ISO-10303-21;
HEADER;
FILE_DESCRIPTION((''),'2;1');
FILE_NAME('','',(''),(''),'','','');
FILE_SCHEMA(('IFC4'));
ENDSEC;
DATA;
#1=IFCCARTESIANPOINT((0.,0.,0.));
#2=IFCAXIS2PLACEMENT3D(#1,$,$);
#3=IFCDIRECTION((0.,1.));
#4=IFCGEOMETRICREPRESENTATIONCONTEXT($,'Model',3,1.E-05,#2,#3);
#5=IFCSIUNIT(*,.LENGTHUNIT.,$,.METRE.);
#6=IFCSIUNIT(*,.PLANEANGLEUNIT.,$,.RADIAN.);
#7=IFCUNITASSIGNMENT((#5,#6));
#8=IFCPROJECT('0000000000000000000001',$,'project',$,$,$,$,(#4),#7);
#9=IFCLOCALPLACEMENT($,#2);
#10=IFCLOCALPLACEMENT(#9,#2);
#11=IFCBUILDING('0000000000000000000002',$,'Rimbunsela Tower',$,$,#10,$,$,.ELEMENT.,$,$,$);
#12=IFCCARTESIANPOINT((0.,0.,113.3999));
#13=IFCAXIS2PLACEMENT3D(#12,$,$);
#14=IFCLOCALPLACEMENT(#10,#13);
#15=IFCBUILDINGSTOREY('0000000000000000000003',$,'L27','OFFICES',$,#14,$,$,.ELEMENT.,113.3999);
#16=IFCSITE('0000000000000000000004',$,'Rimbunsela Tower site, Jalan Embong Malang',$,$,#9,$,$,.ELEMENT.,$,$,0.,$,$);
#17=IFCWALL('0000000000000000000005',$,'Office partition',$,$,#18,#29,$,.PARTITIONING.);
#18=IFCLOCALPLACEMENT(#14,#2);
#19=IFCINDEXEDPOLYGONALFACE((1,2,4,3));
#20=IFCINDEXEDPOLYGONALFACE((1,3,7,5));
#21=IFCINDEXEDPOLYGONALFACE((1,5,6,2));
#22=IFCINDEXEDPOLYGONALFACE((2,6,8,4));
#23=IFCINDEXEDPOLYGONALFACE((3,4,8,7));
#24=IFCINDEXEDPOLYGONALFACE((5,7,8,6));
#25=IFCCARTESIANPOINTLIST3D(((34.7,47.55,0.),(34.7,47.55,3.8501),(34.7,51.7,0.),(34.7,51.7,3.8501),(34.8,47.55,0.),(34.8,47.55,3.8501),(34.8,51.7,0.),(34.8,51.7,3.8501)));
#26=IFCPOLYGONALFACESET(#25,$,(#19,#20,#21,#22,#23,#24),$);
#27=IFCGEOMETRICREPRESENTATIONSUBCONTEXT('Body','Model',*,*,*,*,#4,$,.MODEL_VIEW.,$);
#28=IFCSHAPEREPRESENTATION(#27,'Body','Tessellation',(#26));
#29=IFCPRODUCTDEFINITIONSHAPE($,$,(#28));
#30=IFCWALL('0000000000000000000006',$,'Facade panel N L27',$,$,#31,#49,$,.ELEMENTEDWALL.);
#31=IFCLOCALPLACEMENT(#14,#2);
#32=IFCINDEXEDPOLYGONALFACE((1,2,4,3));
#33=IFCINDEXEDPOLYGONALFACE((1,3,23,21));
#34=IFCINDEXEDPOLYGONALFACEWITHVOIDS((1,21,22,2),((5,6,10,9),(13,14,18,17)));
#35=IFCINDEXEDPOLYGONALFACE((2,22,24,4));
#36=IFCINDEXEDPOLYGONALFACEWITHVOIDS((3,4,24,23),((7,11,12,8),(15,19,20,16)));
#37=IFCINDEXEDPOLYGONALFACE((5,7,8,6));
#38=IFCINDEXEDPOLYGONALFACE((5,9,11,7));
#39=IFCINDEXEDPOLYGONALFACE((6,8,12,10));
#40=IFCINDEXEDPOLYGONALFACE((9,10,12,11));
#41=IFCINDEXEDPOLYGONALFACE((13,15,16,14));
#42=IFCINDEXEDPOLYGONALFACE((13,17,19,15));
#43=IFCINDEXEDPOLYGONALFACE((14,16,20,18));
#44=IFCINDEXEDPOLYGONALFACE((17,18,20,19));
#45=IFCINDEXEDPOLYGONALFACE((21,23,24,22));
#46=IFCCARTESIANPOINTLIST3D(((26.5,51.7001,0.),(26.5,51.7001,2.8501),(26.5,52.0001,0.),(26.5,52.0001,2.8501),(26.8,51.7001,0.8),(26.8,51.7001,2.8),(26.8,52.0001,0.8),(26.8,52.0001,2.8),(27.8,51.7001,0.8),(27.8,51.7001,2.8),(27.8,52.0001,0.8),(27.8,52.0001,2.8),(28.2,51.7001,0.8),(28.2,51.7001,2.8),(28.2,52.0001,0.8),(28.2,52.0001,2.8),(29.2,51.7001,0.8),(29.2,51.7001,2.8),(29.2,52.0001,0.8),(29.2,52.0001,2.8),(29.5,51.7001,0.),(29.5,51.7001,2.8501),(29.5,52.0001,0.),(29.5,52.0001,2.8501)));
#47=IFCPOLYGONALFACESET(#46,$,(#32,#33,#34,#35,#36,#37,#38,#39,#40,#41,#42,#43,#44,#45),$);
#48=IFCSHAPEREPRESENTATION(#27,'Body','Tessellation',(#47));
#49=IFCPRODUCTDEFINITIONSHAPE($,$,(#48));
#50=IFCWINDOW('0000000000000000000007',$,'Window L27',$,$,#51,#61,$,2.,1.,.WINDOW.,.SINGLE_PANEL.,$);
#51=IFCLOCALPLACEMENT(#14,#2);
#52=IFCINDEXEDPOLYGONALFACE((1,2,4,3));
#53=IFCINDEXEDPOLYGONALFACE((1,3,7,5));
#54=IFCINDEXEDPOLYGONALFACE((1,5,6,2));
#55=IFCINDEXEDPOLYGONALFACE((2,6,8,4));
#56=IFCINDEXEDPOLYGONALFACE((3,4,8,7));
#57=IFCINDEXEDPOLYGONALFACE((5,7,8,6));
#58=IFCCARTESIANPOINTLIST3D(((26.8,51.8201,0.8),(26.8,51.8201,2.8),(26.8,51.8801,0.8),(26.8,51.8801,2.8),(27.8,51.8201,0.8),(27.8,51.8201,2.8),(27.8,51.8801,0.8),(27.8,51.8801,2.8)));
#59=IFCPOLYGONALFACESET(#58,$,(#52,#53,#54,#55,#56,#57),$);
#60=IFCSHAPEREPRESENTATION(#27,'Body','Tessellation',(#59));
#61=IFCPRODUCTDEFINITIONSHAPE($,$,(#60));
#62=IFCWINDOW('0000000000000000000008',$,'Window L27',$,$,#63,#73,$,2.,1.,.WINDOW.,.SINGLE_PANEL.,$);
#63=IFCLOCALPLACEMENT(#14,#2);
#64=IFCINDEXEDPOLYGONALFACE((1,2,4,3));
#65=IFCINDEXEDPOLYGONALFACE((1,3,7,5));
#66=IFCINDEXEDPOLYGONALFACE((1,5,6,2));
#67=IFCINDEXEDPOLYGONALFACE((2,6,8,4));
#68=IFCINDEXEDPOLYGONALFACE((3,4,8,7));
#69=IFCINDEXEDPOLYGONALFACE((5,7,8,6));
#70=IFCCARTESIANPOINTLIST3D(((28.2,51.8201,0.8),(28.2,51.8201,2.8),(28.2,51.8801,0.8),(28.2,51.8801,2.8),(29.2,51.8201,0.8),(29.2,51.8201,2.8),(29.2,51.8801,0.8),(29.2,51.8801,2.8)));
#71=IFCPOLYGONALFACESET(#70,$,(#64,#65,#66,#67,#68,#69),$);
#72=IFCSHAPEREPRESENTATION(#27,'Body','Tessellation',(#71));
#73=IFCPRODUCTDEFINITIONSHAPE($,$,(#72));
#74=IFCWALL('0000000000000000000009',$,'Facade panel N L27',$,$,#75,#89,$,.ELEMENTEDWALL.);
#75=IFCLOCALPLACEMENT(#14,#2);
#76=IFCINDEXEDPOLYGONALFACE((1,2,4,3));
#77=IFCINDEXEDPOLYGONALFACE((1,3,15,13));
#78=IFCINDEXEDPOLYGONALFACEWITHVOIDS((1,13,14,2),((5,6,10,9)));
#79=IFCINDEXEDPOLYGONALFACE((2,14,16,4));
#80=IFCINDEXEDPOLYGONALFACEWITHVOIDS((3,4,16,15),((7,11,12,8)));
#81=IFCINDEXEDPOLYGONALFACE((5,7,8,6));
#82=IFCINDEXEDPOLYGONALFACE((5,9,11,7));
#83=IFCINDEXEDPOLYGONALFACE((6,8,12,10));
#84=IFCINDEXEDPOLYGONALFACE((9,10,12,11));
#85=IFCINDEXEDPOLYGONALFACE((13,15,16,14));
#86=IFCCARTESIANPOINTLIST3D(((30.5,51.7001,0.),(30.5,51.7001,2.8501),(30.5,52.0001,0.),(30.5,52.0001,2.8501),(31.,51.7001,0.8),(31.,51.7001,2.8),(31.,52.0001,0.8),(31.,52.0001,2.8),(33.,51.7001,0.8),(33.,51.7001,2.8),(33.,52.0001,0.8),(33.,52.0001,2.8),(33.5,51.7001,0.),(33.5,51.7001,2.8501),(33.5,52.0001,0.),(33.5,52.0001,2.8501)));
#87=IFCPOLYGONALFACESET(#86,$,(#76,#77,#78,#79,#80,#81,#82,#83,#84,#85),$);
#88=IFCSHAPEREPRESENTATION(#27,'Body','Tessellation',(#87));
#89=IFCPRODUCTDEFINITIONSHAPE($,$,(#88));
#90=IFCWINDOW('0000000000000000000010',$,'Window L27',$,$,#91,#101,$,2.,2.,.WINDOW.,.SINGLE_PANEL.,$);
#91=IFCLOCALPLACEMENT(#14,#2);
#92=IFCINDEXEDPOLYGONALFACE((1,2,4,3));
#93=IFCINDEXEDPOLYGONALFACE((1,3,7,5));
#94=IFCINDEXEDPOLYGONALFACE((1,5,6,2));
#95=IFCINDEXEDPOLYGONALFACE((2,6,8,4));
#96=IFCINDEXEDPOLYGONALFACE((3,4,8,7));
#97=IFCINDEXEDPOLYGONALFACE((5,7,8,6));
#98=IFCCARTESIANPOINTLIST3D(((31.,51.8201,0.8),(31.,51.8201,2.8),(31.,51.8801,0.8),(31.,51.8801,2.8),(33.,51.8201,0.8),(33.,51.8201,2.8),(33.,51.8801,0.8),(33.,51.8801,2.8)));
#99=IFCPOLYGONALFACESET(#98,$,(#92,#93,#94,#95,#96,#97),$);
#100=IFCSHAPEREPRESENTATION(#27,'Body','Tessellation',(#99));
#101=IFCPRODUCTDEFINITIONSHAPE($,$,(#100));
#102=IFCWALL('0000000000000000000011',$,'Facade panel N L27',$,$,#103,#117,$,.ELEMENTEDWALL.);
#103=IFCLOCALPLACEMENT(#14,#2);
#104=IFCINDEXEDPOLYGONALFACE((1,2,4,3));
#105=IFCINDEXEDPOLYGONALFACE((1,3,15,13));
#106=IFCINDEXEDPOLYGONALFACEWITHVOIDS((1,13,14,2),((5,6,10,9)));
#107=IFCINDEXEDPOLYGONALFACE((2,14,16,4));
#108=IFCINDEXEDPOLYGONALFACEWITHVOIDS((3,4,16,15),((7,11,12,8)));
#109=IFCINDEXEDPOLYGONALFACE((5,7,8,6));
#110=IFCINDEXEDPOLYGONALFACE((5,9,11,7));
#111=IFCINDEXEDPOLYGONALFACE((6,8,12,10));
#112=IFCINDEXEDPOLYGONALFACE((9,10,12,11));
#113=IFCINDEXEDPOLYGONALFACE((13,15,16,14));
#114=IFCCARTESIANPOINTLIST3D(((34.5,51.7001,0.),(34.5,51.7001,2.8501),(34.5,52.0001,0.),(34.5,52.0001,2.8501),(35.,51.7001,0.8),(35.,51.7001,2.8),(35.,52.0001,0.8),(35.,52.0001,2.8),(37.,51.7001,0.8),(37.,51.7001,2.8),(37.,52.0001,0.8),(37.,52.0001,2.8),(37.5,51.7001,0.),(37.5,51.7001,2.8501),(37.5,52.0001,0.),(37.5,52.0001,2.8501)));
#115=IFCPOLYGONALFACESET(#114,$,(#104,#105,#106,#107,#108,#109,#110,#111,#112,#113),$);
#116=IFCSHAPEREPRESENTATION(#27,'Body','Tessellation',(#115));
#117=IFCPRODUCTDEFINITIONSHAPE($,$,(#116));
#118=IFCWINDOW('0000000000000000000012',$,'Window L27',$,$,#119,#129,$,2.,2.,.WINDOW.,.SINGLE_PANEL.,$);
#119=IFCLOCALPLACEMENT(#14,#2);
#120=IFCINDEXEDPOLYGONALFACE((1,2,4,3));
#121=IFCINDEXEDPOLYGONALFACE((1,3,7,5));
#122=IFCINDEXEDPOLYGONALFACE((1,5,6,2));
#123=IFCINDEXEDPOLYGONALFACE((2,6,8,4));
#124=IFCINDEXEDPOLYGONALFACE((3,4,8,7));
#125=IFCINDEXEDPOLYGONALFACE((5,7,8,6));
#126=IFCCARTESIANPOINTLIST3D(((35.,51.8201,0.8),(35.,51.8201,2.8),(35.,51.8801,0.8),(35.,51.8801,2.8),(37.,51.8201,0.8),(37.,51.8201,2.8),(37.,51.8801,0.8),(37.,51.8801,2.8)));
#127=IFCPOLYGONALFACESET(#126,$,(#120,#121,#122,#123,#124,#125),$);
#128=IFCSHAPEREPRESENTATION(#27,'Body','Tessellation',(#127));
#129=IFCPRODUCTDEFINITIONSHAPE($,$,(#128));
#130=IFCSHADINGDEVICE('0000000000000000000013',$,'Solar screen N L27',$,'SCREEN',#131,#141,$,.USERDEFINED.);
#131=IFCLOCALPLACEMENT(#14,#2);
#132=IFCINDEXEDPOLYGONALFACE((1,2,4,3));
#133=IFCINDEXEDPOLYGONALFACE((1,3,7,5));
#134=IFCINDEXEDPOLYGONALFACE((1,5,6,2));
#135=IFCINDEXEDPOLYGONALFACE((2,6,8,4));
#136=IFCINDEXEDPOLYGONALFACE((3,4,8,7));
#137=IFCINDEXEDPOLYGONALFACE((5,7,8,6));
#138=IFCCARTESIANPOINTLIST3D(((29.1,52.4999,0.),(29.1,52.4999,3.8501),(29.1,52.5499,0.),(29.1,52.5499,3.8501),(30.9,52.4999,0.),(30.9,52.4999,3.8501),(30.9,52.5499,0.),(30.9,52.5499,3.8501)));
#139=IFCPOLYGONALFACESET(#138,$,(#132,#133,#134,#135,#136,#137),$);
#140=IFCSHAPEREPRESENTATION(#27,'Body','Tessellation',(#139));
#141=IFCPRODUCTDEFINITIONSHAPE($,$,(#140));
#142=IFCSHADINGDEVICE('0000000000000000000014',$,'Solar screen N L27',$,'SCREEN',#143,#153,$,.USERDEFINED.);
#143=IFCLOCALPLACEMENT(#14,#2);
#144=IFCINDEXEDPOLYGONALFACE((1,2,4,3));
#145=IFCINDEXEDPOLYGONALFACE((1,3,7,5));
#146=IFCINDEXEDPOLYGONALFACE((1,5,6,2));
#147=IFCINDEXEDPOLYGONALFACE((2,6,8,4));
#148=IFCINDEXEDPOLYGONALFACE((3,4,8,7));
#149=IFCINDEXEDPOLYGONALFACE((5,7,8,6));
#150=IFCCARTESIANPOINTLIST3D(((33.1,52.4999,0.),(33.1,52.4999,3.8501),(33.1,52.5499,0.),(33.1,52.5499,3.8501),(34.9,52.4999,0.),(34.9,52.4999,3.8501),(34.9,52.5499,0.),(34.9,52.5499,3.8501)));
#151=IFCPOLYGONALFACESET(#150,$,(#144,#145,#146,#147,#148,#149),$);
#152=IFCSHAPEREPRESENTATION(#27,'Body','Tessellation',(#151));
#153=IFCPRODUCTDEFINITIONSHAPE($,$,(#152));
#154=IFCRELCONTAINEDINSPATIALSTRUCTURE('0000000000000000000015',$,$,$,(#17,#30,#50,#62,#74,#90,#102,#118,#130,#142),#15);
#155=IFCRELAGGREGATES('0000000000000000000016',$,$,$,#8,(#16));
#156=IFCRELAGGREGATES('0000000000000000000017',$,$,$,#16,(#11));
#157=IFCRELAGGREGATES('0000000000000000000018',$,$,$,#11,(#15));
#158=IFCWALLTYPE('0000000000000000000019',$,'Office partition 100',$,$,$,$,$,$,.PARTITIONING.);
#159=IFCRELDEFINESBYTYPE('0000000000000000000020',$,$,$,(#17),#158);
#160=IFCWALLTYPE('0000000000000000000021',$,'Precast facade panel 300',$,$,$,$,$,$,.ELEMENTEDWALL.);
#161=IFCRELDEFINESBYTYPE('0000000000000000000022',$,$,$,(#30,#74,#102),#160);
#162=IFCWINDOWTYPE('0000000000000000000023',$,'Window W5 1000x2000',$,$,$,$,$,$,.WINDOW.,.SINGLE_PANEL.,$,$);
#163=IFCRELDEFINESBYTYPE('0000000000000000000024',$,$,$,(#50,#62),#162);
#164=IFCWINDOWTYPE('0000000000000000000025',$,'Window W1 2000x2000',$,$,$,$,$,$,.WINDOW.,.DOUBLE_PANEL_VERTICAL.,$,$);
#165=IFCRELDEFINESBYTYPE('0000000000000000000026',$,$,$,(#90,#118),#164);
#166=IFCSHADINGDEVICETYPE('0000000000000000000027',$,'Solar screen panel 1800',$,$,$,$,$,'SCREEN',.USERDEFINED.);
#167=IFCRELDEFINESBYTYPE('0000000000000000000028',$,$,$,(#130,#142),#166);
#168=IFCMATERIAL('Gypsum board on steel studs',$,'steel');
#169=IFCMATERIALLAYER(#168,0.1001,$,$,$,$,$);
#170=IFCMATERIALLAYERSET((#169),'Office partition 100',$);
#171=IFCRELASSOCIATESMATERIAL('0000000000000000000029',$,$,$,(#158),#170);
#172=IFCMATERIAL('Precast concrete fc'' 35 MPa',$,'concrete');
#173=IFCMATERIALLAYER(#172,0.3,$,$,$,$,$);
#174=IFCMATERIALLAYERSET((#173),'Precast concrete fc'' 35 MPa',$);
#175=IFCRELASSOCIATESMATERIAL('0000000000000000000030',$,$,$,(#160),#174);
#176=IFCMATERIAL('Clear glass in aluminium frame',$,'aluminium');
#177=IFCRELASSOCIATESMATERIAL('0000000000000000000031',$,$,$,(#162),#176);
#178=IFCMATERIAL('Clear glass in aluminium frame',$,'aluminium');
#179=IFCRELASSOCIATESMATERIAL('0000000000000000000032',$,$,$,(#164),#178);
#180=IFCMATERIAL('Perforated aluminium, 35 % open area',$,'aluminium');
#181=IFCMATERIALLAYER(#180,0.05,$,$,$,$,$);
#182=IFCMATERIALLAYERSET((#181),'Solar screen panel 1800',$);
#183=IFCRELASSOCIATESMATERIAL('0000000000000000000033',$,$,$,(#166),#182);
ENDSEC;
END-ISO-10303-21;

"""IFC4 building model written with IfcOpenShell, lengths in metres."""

from ifc_helpers import new_model, si_unit, direction, frame, frame_2d, origin, origin_2d, place, context, subcontext, project, spatial, rectangle, extrude, material, layer, layer_set, type_object, element, fill, save


model = new_model("IFC4")

# Units and contexts
model_context = context("Model", 3, precision=1e-05, world=origin(), true_north=direction((0.0, 1.0)))
body_context = subcontext(model_context, "Body", "Model", "MODEL_VIEW")
ifc_project = project(units=[si_unit("LENGTHUNIT", "METRE"), si_unit("PLANEANGLEUNIT", "RADIAN")], contexts=[model_context])

# Site, building, storey
site_placement = place(None, origin())
site = spatial("IfcSite", under=ifc_project, at=site_placement, Name="Rimbunsela Tower site, Jalan Embong Malang", CompositionType="ELEMENT", RefElevation=0.0)
building_placement = place(site_placement, origin())
building = spatial("IfcBuilding", under=site, at=building_placement, Name="Rimbunsela Tower", CompositionType="ELEMENT")
storey_placement = place(building_placement, frame((0.0, 0.0, 113.3999)))
storey = spatial("IfcBuildingStorey", under=building, at=storey_placement, Name="L27", Description="OFFICES", CompositionType="ELEMENT", Elevation=113.3999)

# Shared definitions
ifc_material_1 = material(Name="Gypsum board on steel studs", Category="steel")
ifc_layer_1 = layer(ifc_material_1, 0.1001)
ifc_layer_set_1 = layer_set([ifc_layer_1], Name="Office partition 100")
wall_type_1 = type_object("IfcWallType", Name="Office partition 100", PredefinedType="PARTITIONING", material=ifc_layer_set_1)

# Wall
wall_1_placement = place(storey_placement, frame((34.75, 47.55, 0.0), z_axis=(0.0, 0.0, 1.0), x_axis=(0.0, 1.0, 0.0)))
element("IfcWall", 1, at=wall_1_placement, inside=storey, type_object=wall_type_1, Name="Office partition", PredefinedType="PARTITIONING", context=body_context, shape_type="SweptSolid", body=[
    extrude(rectangle(XDim=4.1499, YDim=0.1001, at=frame_2d((2.075, 0.0))), origin(), (0.0, 0.0, 1.0), 3.8501),
])

# Wall, openings, windows
ifc_material_2 = material(Name="Precast concrete fc' 35 MPa", Category="concrete")
ifc_layer_2 = layer(ifc_material_2, 0.3)
ifc_layer_set_2 = layer_set([ifc_layer_2], Name="Precast concrete fc' 35 MPa")
wall_type_2 = type_object("IfcWallType", Name="Precast facade panel 300", PredefinedType="ELEMENTEDWALL", material=ifc_layer_set_2)
wall_2_placement = place(storey_placement, frame((29.5, 51.8501, 0.0), z_axis=(0.0, 0.0, 1.0), x_axis=(-1.0, 0.0, 0.0)))
wall_2 = element("IfcWall", 2, at=wall_2_placement, inside=storey, type_object=wall_type_2, Name="Facade panel N L27", PredefinedType="ELEMENTEDWALL", context=body_context, shape_type="SweptSolid", body=[
    extrude(rectangle(XDim=3.0, YDim=0.3, at=frame_2d((1.5, 0.0))), origin(), (0.0, 0.0, 1.0), 2.8501),
])
opening_1_placement = place(wall_2_placement, frame((1.7, 0.0, 0.8)))
opening_1 = element("IfcOpeningElement", 3, at=opening_1_placement, cuts=wall_2, PredefinedType="OPENING", context=body_context, shape_type="SweptSolid", body=[
    extrude(rectangle(XDim=1.0, YDim=2.0, at=frame_2d((0.5, 1.0))), frame((0.0, 0.1599, 0.0), z_axis=(0.0, -1.0, 0.0), x_axis=(1.0, 0.0, 0.0)), (0.0, 0.0, 1.0), 0.3201),
])
opening_2_placement = place(wall_2_placement, frame((0.3, 0.0, 0.8)))
opening_2 = element("IfcOpeningElement", 4, at=opening_2_placement, cuts=wall_2, PredefinedType="OPENING", context=body_context, shape_type="SweptSolid", body=[
    extrude(rectangle(XDim=1.0, YDim=2.0, at=frame_2d((0.5, 1.0))), frame((0.0, 0.1599, 0.0), z_axis=(0.0, -1.0, 0.0), x_axis=(1.0, 0.0, 0.0)), (0.0, 0.0, 1.0), 0.3201),
])
ifc_material_3 = material(Name="Clear glass in aluminium frame", Category="aluminium")
window_type_1 = type_object("IfcWindowType", Name="Window W5 1000x2000", PartitioningType="SINGLE_PANEL", PredefinedType="WINDOW", material=ifc_material_3)
window_1_placement = place(opening_1_placement, origin())
window_1 = element("IfcWindow", 5, at=window_1_placement, inside=storey, type_object=window_type_1, Name="Window L27", OverallHeight=2.0, OverallWidth=1.0, PartitioningType="SINGLE_PANEL", PredefinedType="WINDOW", context=body_context, shape_type="SweptSolid", body=[
    extrude(rectangle(XDim=1.0, YDim=2.0, at=frame_2d((0.5, 1.0))), frame((0.0, 0.03, 0.0), z_axis=(0.0, -1.0, 0.0), x_axis=(1.0, 0.0, 0.0)), (0.0, 0.0, 1.0), 0.0601),
])
fill(opening_1, window_1)
window_2_placement = place(opening_2_placement, origin())
window_2 = element("IfcWindow", 6, at=window_2_placement, inside=storey, type_object=window_type_1, Name="Window L27", OverallHeight=2.0, OverallWidth=1.0, PartitioningType="SINGLE_PANEL", PredefinedType="WINDOW", context=body_context, shape_type="SweptSolid", body=[
    extrude(rectangle(XDim=1.0, YDim=2.0, at=frame_2d((0.5, 1.0))), frame((0.0, 0.03, 0.0), z_axis=(0.0, -1.0, 0.0), x_axis=(1.0, 0.0, 0.0)), (0.0, 0.0, 1.0), 0.0601),
])
fill(opening_2, window_2)

# Walls, openings, windows
wall_3_placement = place(storey_placement, frame((33.5, 51.8501, 0.0), z_axis=(0.0, 0.0, 1.0), x_axis=(-1.0, 0.0, 0.0)))
wall_3 = element("IfcWall", 7, at=wall_3_placement, inside=storey, type_object=wall_type_2, Name="Facade panel N L27", PredefinedType="ELEMENTEDWALL", context=body_context, shape_type="SweptSolid", body=[
    extrude(rectangle(XDim=3.0, YDim=0.3, at=frame_2d((1.5, 0.0))), origin(), (0.0, 0.0, 1.0), 2.8501),
])
opening_3_placement = place(wall_3_placement, frame((0.5, 0.0, 0.8)))
opening_3 = element("IfcOpeningElement", 8, at=opening_3_placement, cuts=wall_3, PredefinedType="OPENING", context=body_context, shape_type="SweptSolid", body=[
    extrude(rectangle(XDim=2.0, YDim=2.0, at=frame_2d((1.0, 1.0))), frame((0.0, 0.1599, 0.0), z_axis=(0.0, -1.0, 0.0), x_axis=(1.0, 0.0, 0.0)), (0.0, 0.0, 1.0), 0.3201),
])
ifc_material_4 = material(Name="Clear glass in aluminium frame", Category="aluminium")
window_type_2 = type_object("IfcWindowType", Name="Window W1 2000x2000", PartitioningType="DOUBLE_PANEL_VERTICAL", PredefinedType="WINDOW", material=ifc_material_4)
window_3_placement = place(opening_3_placement, origin())
window_3 = element("IfcWindow", 9, at=window_3_placement, inside=storey, type_object=window_type_2, Name="Window L27", OverallHeight=2.0, OverallWidth=2.0, PartitioningType="SINGLE_PANEL", PredefinedType="WINDOW", context=body_context, shape_type="SweptSolid", body=[
    extrude(rectangle(XDim=2.0, YDim=2.0, at=frame_2d((1.0, 1.0))), frame((0.0, 0.03, 0.0), z_axis=(0.0, -1.0, 0.0), x_axis=(1.0, 0.0, 0.0)), (0.0, 0.0, 1.0), 0.0601),
])
fill(opening_3, window_3)
wall_4_placement = place(storey_placement, frame((37.5, 51.8501, 0.0), z_axis=(0.0, 0.0, 1.0), x_axis=(-1.0, 0.0, 0.0)))
wall_4 = element("IfcWall", 10, at=wall_4_placement, inside=storey, type_object=wall_type_2, Name="Facade panel N L27", PredefinedType="ELEMENTEDWALL", context=body_context, shape_type="SweptSolid", body=[
    extrude(rectangle(XDim=3.0, YDim=0.3, at=frame_2d((1.5, 0.0))), origin(), (0.0, 0.0, 1.0), 2.8501),
])
opening_4_placement = place(wall_4_placement, frame((0.5, 0.0, 0.8)))
opening_4 = element("IfcOpeningElement", 11, at=opening_4_placement, cuts=wall_4, PredefinedType="OPENING", context=body_context, shape_type="SweptSolid", body=[
    extrude(rectangle(XDim=2.0, YDim=2.0, at=frame_2d((1.0, 1.0))), frame((0.0, 0.1599, 0.0), z_axis=(0.0, -1.0, 0.0), x_axis=(1.0, 0.0, 0.0)), (0.0, 0.0, 1.0), 0.3201),
])
window_4_placement = place(opening_4_placement, origin())
window_4 = element("IfcWindow", 12, at=window_4_placement, inside=storey, type_object=window_type_2, Name="Window L27", OverallHeight=2.0, OverallWidth=2.0, PartitioningType="SINGLE_PANEL", PredefinedType="WINDOW", context=body_context, shape_type="SweptSolid", body=[
    extrude(rectangle(XDim=2.0, YDim=2.0, at=frame_2d((1.0, 1.0))), frame((0.0, 0.03, 0.0), z_axis=(0.0, -1.0, 0.0), x_axis=(1.0, 0.0, 0.0)), (0.0, 0.0, 1.0), 0.0601),
])
fill(opening_4, window_4)

# Shading devices
ifc_material_5 = material(Name="Perforated aluminium, 35 % open area", Category="aluminium")
ifc_layer_3 = layer(ifc_material_5, 0.05)
ifc_layer_set_3 = layer_set([ifc_layer_3], Name="Solar screen panel 1800")
shading_device_type = type_object("IfcShadingDeviceType", Name="Solar screen panel 1800", ElementType="SCREEN", PredefinedType="USERDEFINED", material=ifc_layer_set_3)
for number, where, z_axis, x_axis, name in (
    (13, (30.0, 52.5249, 0.0), (0.0, 0.0, 1.0), (1.0, 0.0, 0.0), "Solar screen N L27"),
    (14, (34.0, 52.5249, 0.0), (0.0, 0.0, 1.0), (1.0, 0.0, 0.0), "Solar screen N L27"),
):
    element("IfcShadingDevice", number, at=place(storey_placement, frame(where, z_axis=z_axis, x_axis=x_axis)), inside=storey, type_object=shading_device_type, Name=name, ObjectType="SCREEN", PredefinedType="USERDEFINED", context=body_context, shape_type="SweptSolid", body=[
        extrude(rectangle(XDim=1.8, YDim=0.05, at=origin_2d()), origin(), (0.0, 0.0, 1.0), 3.8501),
    ])

save(model, "model.ifc")
